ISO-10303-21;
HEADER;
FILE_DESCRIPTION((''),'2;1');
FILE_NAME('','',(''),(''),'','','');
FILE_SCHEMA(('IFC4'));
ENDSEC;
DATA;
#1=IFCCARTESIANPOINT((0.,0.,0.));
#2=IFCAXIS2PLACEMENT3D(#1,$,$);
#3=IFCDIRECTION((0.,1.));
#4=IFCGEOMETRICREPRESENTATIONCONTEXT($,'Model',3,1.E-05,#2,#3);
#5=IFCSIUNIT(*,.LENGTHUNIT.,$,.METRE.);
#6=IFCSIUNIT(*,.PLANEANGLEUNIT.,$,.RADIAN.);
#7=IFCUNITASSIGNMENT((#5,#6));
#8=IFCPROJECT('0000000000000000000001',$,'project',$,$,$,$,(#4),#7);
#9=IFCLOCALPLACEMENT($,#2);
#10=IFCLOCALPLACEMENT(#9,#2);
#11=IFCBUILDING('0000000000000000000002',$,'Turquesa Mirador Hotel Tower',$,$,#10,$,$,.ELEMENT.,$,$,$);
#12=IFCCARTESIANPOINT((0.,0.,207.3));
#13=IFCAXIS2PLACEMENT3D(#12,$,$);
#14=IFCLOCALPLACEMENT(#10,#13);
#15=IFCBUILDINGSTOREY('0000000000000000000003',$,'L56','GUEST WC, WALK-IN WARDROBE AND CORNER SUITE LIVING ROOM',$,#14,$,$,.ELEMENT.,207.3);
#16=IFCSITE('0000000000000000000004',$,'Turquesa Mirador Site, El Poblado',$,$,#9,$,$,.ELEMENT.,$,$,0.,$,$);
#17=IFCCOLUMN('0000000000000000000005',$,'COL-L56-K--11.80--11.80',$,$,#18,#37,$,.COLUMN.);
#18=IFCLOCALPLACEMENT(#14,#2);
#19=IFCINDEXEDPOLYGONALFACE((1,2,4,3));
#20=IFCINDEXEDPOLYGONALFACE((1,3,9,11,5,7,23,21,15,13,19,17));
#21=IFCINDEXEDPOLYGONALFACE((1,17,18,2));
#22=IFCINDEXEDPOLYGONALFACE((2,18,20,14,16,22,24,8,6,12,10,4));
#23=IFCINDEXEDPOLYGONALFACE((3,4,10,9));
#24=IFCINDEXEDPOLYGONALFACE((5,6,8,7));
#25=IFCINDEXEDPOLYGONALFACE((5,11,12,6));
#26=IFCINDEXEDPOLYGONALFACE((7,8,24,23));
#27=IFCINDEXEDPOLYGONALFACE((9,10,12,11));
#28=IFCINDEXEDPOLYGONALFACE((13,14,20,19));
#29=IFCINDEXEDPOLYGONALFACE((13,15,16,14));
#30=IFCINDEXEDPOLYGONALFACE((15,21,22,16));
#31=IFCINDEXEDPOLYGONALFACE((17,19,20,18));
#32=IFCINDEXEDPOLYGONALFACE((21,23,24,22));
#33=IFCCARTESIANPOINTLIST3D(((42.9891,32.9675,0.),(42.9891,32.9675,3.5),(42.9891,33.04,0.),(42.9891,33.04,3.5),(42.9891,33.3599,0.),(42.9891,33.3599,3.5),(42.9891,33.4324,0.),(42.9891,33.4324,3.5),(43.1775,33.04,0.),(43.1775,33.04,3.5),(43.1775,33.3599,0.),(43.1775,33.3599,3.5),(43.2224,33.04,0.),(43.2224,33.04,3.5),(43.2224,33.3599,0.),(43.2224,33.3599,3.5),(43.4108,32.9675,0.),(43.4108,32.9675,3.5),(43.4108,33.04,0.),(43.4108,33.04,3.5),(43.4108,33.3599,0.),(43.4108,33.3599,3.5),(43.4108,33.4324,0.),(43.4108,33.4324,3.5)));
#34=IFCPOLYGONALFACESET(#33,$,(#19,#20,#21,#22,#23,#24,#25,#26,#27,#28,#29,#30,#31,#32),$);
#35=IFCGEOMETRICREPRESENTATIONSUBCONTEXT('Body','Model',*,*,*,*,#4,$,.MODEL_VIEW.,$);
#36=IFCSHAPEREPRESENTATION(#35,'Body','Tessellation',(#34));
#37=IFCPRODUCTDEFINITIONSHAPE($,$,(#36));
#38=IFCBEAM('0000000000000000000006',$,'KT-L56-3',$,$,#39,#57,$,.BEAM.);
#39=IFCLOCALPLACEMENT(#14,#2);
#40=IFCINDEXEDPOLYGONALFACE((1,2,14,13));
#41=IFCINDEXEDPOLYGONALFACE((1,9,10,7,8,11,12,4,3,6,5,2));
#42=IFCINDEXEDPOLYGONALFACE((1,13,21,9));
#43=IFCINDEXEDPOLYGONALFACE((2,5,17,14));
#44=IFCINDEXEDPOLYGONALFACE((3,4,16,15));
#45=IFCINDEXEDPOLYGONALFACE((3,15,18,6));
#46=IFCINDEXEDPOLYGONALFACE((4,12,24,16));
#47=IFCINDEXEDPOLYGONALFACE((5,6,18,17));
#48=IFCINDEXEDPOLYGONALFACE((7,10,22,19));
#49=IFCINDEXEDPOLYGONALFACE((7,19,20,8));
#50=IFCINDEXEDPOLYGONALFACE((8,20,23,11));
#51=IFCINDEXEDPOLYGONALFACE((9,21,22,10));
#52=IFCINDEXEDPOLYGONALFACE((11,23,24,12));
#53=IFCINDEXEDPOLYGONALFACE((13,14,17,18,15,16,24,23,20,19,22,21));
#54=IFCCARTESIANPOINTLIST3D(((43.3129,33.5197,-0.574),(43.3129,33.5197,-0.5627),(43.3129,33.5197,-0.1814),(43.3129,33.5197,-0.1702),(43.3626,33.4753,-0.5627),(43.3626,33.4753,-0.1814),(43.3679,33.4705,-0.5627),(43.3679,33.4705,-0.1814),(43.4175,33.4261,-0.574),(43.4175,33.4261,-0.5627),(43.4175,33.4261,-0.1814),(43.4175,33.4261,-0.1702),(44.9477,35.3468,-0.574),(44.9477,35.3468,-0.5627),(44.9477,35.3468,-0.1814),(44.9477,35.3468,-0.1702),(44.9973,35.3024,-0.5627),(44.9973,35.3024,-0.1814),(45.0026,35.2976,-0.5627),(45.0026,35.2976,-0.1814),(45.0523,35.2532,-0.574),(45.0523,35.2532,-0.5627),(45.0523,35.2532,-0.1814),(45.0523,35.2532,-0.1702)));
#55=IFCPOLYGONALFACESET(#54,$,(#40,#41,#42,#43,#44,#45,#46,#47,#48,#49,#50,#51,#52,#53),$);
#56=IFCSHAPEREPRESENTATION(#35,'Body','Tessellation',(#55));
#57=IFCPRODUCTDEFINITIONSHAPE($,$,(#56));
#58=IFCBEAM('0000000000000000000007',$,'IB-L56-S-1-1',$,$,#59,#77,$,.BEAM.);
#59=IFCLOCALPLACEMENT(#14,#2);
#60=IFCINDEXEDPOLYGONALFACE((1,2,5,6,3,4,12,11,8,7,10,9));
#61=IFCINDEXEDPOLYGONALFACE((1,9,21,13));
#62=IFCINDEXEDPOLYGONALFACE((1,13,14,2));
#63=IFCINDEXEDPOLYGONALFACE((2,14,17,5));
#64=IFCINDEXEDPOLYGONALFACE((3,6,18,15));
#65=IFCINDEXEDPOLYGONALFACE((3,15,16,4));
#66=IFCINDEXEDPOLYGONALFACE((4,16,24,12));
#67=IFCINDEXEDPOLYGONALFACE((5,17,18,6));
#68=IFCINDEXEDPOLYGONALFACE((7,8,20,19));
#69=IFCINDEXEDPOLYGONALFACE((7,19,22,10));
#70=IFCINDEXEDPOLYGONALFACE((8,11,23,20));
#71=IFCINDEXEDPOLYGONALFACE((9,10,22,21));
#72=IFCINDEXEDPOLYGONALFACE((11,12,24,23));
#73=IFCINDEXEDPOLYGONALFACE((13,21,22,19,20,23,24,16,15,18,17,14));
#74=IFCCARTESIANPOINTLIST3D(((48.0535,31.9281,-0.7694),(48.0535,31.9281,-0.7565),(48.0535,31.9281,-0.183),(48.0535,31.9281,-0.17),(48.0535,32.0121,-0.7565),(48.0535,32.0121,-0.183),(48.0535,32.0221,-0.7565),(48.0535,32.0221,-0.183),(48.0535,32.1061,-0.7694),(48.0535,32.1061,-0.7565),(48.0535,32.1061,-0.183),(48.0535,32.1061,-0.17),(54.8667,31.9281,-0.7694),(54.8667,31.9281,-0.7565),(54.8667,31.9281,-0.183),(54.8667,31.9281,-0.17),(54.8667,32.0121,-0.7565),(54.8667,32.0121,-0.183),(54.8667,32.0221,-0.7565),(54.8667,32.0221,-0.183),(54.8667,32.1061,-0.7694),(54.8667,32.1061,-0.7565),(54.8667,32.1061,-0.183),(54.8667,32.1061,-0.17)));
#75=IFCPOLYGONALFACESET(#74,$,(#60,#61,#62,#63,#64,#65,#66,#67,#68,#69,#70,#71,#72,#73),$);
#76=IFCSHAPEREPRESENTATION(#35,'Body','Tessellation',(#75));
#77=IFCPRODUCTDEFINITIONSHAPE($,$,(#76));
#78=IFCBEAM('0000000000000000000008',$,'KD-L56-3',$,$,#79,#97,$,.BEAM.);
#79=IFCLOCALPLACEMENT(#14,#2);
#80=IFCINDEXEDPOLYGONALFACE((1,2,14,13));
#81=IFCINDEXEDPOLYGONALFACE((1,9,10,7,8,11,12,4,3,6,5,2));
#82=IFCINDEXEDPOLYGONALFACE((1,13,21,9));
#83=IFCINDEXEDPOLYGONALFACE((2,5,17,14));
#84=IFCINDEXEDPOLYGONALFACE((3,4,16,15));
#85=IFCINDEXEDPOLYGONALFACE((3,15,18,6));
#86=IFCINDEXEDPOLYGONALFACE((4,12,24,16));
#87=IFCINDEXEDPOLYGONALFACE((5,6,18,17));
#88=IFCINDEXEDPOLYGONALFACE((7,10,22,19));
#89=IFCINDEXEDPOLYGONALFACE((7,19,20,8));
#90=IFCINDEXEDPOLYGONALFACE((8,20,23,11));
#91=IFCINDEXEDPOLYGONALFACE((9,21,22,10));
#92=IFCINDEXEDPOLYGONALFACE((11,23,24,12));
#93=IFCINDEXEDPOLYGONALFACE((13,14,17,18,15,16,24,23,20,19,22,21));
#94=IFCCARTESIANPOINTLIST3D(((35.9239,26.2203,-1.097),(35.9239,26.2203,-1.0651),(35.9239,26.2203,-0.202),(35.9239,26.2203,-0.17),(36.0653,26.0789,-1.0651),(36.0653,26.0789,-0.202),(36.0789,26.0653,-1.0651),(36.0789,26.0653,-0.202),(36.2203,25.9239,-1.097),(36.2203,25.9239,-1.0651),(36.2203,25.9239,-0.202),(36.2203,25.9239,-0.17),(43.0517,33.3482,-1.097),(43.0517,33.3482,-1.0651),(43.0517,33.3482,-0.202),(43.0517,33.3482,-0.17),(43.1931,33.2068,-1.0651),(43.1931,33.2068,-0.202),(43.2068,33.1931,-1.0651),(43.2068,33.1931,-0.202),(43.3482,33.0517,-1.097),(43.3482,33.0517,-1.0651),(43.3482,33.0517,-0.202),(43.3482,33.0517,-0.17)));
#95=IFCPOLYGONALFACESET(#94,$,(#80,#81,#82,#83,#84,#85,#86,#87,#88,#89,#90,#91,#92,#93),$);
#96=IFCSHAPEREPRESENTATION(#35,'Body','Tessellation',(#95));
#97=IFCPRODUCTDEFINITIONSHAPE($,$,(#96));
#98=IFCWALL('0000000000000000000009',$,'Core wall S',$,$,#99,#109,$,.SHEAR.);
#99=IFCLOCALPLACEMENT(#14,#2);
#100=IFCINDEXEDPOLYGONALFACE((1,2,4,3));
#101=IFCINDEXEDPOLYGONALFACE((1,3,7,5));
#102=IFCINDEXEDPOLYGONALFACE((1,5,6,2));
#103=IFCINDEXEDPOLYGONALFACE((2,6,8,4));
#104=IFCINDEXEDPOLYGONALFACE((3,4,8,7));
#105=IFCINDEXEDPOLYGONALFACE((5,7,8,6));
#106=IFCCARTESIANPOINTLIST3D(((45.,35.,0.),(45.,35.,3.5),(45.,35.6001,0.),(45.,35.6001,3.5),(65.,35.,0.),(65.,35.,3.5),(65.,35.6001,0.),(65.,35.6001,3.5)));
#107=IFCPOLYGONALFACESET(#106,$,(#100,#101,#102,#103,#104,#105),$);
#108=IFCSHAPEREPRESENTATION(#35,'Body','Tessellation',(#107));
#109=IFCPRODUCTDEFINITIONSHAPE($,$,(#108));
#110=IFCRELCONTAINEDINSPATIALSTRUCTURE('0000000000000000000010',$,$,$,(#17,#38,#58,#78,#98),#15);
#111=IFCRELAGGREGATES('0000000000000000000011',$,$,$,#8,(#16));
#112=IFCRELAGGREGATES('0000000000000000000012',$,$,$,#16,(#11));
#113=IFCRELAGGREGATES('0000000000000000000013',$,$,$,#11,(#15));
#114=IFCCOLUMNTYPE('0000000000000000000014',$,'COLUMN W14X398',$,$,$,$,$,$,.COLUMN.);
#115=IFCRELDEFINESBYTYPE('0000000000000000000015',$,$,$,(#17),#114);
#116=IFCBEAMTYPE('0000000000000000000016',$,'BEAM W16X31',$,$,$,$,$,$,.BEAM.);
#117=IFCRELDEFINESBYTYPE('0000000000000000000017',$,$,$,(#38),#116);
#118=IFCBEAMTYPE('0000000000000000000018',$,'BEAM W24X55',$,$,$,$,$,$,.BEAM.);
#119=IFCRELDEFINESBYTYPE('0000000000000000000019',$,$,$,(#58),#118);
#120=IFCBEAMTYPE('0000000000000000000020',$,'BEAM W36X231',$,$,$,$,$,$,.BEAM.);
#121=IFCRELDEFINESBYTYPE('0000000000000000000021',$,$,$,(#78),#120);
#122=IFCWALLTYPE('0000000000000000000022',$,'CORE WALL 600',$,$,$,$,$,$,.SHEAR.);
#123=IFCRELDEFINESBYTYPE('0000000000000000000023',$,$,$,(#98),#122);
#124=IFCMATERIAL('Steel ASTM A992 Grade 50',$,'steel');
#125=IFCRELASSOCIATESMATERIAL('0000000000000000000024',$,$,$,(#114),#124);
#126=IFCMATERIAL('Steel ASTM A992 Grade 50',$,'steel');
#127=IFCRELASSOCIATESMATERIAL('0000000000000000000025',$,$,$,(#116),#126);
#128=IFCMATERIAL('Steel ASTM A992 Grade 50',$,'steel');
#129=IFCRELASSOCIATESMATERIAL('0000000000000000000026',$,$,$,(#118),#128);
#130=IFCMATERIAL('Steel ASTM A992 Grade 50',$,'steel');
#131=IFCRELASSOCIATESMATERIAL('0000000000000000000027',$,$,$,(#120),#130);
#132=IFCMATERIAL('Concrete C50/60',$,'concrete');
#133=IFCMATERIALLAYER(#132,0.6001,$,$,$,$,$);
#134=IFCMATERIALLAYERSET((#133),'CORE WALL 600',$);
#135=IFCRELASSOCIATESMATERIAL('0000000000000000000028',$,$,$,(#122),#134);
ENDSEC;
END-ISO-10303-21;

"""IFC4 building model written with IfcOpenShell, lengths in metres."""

from ifc_helpers import new_model, si_unit, direction, frame, frame_2d, origin, origin_2d, place, context, subcontext, project, spatial, rectangle, i_section, extrude, material, layer, layer_set, material_profile, profile_set, type_object, element, save


model = new_model("IFC4")

# Units and contexts
model_context = context("Model", 3, precision=1e-05, world=origin(), true_north=direction((0.0, 1.0)))
body_context = subcontext(model_context, "Body", "Model", "MODEL_VIEW")
ifc_project = project(units=[si_unit("LENGTHUNIT", "METRE"), si_unit("PLANEANGLEUNIT", "RADIAN")], contexts=[model_context])

# Site, building, storey
site_placement = place(None, origin())
site = spatial("IfcSite", under=ifc_project, at=site_placement, Name="Turquesa Mirador Site, El Poblado", CompositionType="ELEMENT", RefElevation=0.0)
building_placement = place(site_placement, origin())
building = spatial("IfcBuilding", under=site, at=building_placement, Name="Turquesa Mirador Hotel Tower", CompositionType="ELEMENT")
storey_placement = place(building_placement, frame((0.0, 0.0, 207.3)))
storey = spatial("IfcBuildingStorey", under=building, at=storey_placement, Name="L56", Description="GUEST WC, WALK-IN WARDROBE AND CORNER SUITE LIVING ROOM", CompositionType="ELEMENT", Elevation=207.3)

# Column
ifc_material_1 = material(Name="Steel ASTM A992 Grade 50", Category="steel")
ifc_material_profile_1 = material_profile(ifc_material_1, i_section(OverallWidth=0.4216, OverallDepth=0.4648, WebThickness=0.0449, FlangeThickness=0.0725, at=origin_2d()), Name="W14X398")
ifc_profile_set_1 = profile_set([ifc_material_profile_1], Name="Steel ASTM A992 Grade 50")
column_type = type_object("IfcColumnType", Name="COLUMN W14X398", PredefinedType="COLUMN", material=ifc_profile_set_1)
column_placement = place(storey_placement, frame((43.2, 33.2, 0.0), z_axis=(0.0, 0.0, 1.0), x_axis=(1.0, 0.0, 0.0)))
element("IfcColumn", 1, at=column_placement, inside=storey, type_object=column_type, Name="COL-L56-K--11.80--11.80", PredefinedType="COLUMN", context=body_context, shape_type="SweptSolid", body=[
    extrude(i_section(OverallWidth=0.4216, OverallDepth=0.4648, WebThickness=0.0449, FlangeThickness=0.0725, at=origin_2d()), origin(), (0.0, 0.0, 1.0), 3.5),
])

# Beams
ifc_material_2 = material(Name="Steel ASTM A992 Grade 50", Category="steel")
ifc_material_profile_2 = material_profile(ifc_material_2, i_section(OverallWidth=0.1404, OverallDepth=0.4038, WebThickness=0.0071, FlangeThickness=0.0112, at=origin_2d()), Name="W16X31")
ifc_profile_set_2 = profile_set([ifc_material_profile_2], Name="Steel ASTM A992 Grade 50")
beam_type_1 = type_object("IfcBeamType", Name="BEAM W16X31", PredefinedType="BEAM", material=ifc_profile_set_2)
beam_1_placement = place(storey_placement, frame((43.3652, 33.4729, -0.3721), z_axis=(0.666783, 0.745252, 0.0), x_axis=(-0.745252, 0.666783, 0.0)))
element("IfcBeam", 2, at=beam_1_placement, inside=storey, type_object=beam_type_1, Name="KT-L56-3", PredefinedType="BEAM", context=body_context, shape_type="SweptSolid", body=[
    extrude(i_section(OverallWidth=0.1404, OverallDepth=0.4038, WebThickness=0.0071, FlangeThickness=0.0112, at=origin_2d()), origin(), (0.0, 0.0, 1.0), 2.4517),
])
ifc_material_3 = material(Name="Steel ASTM A992 Grade 50", Category="steel")
ifc_material_profile_3 = material_profile(ifc_material_3, i_section(OverallWidth=0.178, OverallDepth=0.5994, WebThickness=0.01, FlangeThickness=0.0129, at=origin_2d()), Name="W24X55")
ifc_profile_set_3 = profile_set([ifc_material_profile_3], Name="Steel ASTM A992 Grade 50")
beam_type_2 = type_object("IfcBeamType", Name="BEAM W24X55", PredefinedType="BEAM", material=ifc_profile_set_3)
beam_2_placement = place(storey_placement, frame((48.0535, 32.0171, -0.4697), z_axis=(1.0, 0.0, 0.0), x_axis=(0.0, 1.0, 0.0)))
element("IfcBeam", 3, at=beam_2_placement, inside=storey, type_object=beam_type_2, Name="IB-L56-S-1-1", PredefinedType="BEAM", context=body_context, shape_type="SweptSolid", body=[
    extrude(i_section(OverallWidth=0.178, OverallDepth=0.5994, WebThickness=0.01, FlangeThickness=0.0129, at=origin_2d()), origin(), (0.0, 0.0, 1.0), 6.8132),
])
ifc_material_4 = material(Name="Steel ASTM A992 Grade 50", Category="steel")
ifc_material_profile_4 = material_profile(ifc_material_4, i_section(OverallWidth=0.4192, OverallDepth=0.927, WebThickness=0.0193, FlangeThickness=0.032, at=origin_2d()), Name="W36X231")
ifc_profile_set_4 = profile_set([ifc_material_profile_4], Name="Steel ASTM A992 Grade 50")
beam_type_3 = type_object("IfcBeamType", Name="BEAM W36X231", PredefinedType="BEAM", material=ifc_profile_set_4)
beam_3_placement = place(storey_placement, frame((43.2, 33.2, -0.6335), z_axis=(-0.707107, -0.707107, 0.0), x_axis=(0.707107, -0.707107, 0.0)))
element("IfcBeam", 4, at=beam_3_placement, inside=storey, type_object=beam_type_3, Name="KD-L56-3", PredefinedType="BEAM", context=body_context, shape_type="SweptSolid", body=[
    extrude(i_section(OverallWidth=0.4192, OverallDepth=0.927, WebThickness=0.0193, FlangeThickness=0.032, at=origin_2d()), origin(), (0.0, 0.0, 1.0), 10.0803),
])

# Wall
ifc_material_5 = material(Name="Concrete C50/60", Category="concrete")
ifc_layer_1 = layer(ifc_material_5, 0.6001)
ifc_layer_set_1 = layer_set([ifc_layer_1], Name="CORE WALL 600")
wall_type_1 = type_object("IfcWallType", Name="CORE WALL 600", PredefinedType="SHEAR", material=ifc_layer_set_1)
wall_1_placement = place(storey_placement, frame((45.0, 35.3, 0.0), z_axis=(0.0, 0.0, 1.0), x_axis=(1.0, 0.0, 0.0)))
element("IfcWall", 5, at=wall_1_placement, inside=storey, type_object=wall_type_1, Name="Core wall S", PredefinedType="SHEAR", context=body_context, shape_type="SweptSolid", body=[
    extrude(rectangle(XDim=20.0, YDim=0.6001, at=frame_2d((10.0, 0.0))), origin(), (0.0, 0.0, 1.0), 3.5),
])

save(model, "model.ifc")
